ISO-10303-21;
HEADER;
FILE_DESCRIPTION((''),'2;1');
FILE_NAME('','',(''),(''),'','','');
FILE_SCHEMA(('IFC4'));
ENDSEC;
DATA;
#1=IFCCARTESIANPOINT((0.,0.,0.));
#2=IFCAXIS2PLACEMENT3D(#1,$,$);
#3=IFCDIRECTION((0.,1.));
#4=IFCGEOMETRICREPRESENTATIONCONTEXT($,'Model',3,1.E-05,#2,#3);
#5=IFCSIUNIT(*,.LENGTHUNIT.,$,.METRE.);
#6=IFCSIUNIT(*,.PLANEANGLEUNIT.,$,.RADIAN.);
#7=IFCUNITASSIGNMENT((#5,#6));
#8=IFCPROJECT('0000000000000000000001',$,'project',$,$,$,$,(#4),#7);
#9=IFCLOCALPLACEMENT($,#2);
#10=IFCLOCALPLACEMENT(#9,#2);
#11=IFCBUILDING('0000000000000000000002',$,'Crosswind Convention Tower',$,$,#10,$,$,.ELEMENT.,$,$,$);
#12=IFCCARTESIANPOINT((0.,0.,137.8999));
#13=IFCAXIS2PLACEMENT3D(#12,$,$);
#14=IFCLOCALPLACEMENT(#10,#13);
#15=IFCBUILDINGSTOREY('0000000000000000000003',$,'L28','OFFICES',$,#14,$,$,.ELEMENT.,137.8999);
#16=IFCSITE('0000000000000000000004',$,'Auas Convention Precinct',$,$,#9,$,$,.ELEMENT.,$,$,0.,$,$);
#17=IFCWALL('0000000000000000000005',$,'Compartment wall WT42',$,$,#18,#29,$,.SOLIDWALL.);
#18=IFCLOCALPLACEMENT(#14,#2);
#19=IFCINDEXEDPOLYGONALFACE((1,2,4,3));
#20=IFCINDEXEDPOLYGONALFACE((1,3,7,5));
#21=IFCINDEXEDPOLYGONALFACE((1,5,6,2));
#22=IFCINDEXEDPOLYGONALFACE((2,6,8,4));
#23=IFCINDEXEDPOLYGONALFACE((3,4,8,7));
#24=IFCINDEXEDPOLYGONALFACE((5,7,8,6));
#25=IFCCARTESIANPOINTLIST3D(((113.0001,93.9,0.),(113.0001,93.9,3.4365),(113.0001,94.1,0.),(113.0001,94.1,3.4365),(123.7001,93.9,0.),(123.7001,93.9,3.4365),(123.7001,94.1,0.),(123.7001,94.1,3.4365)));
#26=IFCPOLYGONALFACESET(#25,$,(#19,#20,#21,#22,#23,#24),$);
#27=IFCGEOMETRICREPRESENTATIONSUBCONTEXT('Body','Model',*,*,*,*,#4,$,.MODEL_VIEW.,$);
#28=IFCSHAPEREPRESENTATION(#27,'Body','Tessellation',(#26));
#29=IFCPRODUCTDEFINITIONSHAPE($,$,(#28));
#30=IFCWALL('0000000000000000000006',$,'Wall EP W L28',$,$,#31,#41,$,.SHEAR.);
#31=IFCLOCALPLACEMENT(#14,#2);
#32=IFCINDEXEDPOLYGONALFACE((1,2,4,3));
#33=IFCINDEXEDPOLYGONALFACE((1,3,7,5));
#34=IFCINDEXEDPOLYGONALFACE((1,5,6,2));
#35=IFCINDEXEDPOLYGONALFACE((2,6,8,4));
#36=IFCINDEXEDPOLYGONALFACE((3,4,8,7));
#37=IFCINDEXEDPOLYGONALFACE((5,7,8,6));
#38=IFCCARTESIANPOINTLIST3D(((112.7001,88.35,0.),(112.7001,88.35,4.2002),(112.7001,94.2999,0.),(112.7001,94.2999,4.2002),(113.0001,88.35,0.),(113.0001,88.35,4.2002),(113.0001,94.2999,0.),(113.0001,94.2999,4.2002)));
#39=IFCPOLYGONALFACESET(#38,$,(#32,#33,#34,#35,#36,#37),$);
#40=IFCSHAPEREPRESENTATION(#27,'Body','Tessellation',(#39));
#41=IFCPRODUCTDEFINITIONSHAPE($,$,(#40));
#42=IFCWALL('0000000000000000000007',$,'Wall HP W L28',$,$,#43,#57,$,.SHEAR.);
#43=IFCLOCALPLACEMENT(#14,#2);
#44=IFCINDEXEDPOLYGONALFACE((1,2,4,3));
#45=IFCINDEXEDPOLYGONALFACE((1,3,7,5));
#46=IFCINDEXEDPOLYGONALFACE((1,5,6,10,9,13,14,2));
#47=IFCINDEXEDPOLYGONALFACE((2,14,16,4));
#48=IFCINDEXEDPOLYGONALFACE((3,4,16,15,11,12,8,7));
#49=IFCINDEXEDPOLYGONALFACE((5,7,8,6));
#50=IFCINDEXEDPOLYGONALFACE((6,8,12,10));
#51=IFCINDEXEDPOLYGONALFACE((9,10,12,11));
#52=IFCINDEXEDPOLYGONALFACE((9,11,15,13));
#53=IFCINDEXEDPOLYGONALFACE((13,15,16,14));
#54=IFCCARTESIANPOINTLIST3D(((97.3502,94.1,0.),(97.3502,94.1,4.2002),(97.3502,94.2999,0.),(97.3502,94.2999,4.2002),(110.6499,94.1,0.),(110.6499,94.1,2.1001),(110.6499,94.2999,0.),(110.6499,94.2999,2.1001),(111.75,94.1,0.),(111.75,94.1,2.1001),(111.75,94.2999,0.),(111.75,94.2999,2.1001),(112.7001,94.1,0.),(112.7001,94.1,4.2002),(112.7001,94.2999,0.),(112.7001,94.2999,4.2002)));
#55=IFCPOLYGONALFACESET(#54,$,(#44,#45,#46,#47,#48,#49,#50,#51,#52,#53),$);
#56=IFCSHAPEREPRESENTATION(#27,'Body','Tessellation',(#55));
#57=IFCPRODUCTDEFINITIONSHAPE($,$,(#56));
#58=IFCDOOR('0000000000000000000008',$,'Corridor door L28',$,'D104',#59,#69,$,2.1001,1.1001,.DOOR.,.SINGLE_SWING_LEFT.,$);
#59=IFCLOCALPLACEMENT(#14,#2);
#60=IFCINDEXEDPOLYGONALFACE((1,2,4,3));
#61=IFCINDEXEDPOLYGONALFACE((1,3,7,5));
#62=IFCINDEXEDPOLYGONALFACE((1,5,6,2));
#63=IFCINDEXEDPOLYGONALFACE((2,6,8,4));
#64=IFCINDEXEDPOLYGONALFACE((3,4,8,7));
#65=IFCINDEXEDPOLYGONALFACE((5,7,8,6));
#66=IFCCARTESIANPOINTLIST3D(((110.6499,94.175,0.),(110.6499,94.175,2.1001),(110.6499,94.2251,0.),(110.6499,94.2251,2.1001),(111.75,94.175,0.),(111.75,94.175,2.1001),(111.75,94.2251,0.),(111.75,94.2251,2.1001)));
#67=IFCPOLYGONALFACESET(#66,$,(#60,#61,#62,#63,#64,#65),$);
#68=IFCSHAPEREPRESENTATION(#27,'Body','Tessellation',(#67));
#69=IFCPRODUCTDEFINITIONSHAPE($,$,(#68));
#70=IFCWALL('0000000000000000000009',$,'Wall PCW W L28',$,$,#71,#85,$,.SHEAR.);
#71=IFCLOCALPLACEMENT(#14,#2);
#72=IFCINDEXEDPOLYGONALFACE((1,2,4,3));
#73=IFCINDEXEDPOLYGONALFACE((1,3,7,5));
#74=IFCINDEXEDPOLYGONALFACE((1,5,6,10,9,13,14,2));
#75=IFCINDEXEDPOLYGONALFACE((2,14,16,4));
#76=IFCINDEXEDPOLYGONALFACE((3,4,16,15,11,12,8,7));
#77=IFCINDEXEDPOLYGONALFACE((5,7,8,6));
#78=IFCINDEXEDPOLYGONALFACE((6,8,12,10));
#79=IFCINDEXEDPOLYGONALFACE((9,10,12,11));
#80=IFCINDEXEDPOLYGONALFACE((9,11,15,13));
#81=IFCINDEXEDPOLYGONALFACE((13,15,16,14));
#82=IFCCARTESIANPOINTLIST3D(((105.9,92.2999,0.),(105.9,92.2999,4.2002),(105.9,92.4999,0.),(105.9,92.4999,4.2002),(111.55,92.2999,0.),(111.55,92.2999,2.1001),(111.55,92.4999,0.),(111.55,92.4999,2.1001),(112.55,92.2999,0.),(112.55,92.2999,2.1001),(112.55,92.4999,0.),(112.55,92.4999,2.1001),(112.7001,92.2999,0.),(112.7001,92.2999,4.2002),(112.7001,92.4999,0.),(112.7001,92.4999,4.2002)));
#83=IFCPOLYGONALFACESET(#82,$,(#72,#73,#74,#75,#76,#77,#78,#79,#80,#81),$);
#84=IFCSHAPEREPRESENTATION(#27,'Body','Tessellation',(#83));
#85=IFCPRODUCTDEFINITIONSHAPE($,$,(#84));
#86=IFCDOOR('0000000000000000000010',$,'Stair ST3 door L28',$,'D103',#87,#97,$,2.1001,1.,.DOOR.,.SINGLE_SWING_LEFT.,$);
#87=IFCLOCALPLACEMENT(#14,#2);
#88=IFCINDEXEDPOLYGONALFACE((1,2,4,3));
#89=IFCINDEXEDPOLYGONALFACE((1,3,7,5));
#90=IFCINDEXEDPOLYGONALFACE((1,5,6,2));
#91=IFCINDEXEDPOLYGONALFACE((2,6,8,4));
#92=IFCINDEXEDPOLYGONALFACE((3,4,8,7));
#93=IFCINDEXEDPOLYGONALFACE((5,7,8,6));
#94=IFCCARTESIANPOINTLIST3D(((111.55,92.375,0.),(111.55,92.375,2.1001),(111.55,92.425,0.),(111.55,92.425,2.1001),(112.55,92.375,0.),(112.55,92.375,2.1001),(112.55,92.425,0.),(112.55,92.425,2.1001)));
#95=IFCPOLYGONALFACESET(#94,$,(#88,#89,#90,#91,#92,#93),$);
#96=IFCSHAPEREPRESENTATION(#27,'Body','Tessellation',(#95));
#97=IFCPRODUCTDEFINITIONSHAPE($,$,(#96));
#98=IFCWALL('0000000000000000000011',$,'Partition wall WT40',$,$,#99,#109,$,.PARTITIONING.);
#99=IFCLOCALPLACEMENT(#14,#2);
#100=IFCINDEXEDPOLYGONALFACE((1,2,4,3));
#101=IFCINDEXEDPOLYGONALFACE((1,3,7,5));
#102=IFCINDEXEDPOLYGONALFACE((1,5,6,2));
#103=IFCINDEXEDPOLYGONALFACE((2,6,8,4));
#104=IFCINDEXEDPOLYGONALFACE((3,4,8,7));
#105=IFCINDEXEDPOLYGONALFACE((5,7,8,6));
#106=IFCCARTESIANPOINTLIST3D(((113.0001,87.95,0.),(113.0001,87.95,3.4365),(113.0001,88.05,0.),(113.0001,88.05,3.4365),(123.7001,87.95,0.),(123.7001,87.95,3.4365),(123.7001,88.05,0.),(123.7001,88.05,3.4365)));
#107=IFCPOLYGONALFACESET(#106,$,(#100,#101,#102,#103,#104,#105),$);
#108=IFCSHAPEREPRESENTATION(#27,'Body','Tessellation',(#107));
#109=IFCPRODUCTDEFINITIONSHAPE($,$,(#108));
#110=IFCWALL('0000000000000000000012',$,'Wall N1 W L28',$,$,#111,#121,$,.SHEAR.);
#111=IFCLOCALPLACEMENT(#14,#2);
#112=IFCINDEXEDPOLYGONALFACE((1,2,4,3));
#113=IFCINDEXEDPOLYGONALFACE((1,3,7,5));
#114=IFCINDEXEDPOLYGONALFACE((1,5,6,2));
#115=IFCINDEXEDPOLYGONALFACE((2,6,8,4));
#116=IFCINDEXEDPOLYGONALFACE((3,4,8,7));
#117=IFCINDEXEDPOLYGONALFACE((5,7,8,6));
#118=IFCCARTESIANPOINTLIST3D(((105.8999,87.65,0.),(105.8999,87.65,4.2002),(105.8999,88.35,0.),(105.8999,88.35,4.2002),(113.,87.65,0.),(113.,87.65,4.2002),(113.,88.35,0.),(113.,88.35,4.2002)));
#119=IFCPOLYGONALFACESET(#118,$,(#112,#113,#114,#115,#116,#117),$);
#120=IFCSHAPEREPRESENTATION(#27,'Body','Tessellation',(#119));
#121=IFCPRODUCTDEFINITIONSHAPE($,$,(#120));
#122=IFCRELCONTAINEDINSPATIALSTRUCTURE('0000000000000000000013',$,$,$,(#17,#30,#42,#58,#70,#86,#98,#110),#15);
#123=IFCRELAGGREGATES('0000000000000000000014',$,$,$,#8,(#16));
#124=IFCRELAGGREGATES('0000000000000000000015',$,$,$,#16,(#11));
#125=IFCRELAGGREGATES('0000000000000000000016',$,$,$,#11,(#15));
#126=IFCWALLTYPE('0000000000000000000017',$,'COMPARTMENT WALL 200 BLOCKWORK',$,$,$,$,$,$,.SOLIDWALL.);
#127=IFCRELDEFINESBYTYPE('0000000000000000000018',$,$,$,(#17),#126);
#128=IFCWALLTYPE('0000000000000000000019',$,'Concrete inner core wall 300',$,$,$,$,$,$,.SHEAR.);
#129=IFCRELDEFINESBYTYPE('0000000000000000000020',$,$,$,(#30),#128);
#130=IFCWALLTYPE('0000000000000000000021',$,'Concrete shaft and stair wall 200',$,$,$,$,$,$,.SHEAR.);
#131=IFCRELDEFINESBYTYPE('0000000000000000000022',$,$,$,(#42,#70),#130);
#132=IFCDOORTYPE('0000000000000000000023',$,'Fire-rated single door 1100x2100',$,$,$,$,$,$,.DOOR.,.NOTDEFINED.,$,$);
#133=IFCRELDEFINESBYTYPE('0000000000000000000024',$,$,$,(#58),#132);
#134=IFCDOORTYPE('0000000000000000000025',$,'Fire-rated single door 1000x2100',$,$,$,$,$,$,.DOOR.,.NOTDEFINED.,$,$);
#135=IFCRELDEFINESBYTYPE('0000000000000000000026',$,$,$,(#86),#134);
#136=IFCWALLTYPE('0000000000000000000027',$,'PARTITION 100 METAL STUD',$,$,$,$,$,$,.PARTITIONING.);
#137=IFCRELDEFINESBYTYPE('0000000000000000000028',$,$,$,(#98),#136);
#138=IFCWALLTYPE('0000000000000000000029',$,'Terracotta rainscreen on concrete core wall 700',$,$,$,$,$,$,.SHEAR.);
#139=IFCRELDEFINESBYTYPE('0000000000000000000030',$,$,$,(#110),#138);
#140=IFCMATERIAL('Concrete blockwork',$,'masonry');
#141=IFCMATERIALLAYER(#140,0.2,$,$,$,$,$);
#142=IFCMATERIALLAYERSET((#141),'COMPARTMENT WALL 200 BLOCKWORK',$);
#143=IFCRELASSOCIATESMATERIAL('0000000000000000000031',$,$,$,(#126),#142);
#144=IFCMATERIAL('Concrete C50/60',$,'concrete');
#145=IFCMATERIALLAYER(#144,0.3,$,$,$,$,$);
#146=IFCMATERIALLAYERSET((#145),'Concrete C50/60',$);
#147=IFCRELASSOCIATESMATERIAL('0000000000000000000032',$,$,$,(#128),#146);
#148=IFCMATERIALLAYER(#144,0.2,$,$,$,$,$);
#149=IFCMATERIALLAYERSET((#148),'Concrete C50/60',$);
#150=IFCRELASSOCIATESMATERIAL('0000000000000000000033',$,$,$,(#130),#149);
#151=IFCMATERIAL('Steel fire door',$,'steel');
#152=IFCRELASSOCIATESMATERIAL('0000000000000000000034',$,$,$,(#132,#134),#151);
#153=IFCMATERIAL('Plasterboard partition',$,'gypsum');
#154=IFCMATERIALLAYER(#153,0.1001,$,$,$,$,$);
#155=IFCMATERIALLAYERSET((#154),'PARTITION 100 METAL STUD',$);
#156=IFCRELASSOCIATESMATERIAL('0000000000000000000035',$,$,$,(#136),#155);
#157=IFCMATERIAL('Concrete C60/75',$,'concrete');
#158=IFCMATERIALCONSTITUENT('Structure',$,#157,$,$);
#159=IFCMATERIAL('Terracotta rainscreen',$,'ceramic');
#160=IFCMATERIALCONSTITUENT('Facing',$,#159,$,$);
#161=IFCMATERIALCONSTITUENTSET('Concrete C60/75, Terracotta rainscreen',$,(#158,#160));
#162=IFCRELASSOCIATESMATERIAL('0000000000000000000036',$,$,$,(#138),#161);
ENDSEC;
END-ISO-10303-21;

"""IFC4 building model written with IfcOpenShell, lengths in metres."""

from ifc_helpers import new_model, si_unit, direction, frame, frame_2d, origin, place, context, subcontext, project, spatial, rectangle, extrude, material, layer, layer_set, constituent, constituent_set, type_object, element, fill, save


model = new_model("IFC4")

# Units and contexts
model_context = context("Model", 3, precision=1e-05, world=origin(), true_north=direction((0.0, 1.0)))
body_context = subcontext(model_context, "Body", "Model", "MODEL_VIEW")
ifc_project = project(units=[si_unit("LENGTHUNIT", "METRE"), si_unit("PLANEANGLEUNIT", "RADIAN")], contexts=[model_context])

# Site, building, storey
site_placement = place(None, origin())
site = spatial("IfcSite", under=ifc_project, at=site_placement, Name="Auas Convention Precinct", CompositionType="ELEMENT", RefElevation=0.0)
building_placement = place(site_placement, origin())
building = spatial("IfcBuilding", under=site, at=building_placement, Name="Crosswind Convention Tower", CompositionType="ELEMENT")
storey_placement = place(building_placement, frame((0.0, 0.0, 137.8999)))
storey = spatial("IfcBuildingStorey", under=building, at=storey_placement, Name="L28", Description="OFFICES", CompositionType="ELEMENT", Elevation=137.8999)

# Walls
ifc_material_1 = material(Name="Concrete blockwork", Category="masonry")
ifc_layer_1 = layer(ifc_material_1, 0.2)
ifc_layer_set_1 = layer_set([ifc_layer_1], Name="COMPARTMENT WALL 200 BLOCKWORK")
wall_type_1 = type_object("IfcWallType", Name="COMPARTMENT WALL 200 BLOCKWORK", PredefinedType="SOLIDWALL", material=ifc_layer_set_1)
wall_1_placement = place(storey_placement, frame((113.0, 94.0, 0.0), z_axis=(0.0, 0.0, 1.0), x_axis=(1.0, 0.0, 0.0)))
element("IfcWall", 1, at=wall_1_placement, inside=storey, type_object=wall_type_1, Name="Compartment wall WT42", PredefinedType="SOLIDWALL", context=body_context, shape_type="SweptSolid", body=[
    extrude(rectangle(XDim=10.7, YDim=0.2, at=frame_2d((5.3501, 0.0))), origin(), (0.0, 0.0, 1.0), 3.4365),
])
ifc_material_2 = material(Name="Concrete C50/60", Category="concrete")
ifc_layer_2 = layer(ifc_material_2, 0.3)
ifc_layer_set_2 = layer_set([ifc_layer_2], Name="Concrete C50/60")
wall_type_2 = type_object("IfcWallType", Name="Concrete inner core wall 300", PredefinedType="SHEAR", material=ifc_layer_set_2)
wall_2_placement = place(storey_placement, frame((112.8501, 94.3, 0.0), z_axis=(0.0, 0.0, 1.0), x_axis=(0.0, -1.0, 0.0)))
element("IfcWall", 2, at=wall_2_placement, inside=storey, type_object=wall_type_2, Name="Wall EP W L28", PredefinedType="SHEAR", context=body_context, shape_type="SweptSolid", body=[
    extrude(rectangle(XDim=5.95, YDim=0.3, at=frame_2d((2.9751, 0.0))), origin(), (0.0, 0.0, 1.0), 4.2002),
])

# Walls, openings, doors
ifc_layer_3 = layer(ifc_material_2, 0.2)
ifc_layer_set_3 = layer_set([ifc_layer_3], Name="Concrete C50/60")
wall_type_3 = type_object("IfcWallType", Name="Concrete shaft and stair wall 200", PredefinedType="SHEAR", material=ifc_layer_set_3)
wall_3_placement = place(storey_placement, frame((112.7, 94.2, 0.0), z_axis=(0.0, 0.0, 1.0), x_axis=(-1.0, 0.0, 0.0)))
wall_3 = element("IfcWall", 3, at=wall_3_placement, inside=storey, type_object=wall_type_3, Name="Wall HP W L28", PredefinedType="SHEAR", context=body_context, shape_type="SweptSolid", body=[
    extrude(rectangle(XDim=15.3499, YDim=0.2, at=frame_2d((7.6748, 0.0))), origin(), (0.0, 0.0, 1.0), 4.2002),
])
opening_1_placement = place(wall_3_placement, frame((0.95, 0.0, 0.0)))
opening_1 = element("IfcOpeningElement", 4, at=opening_1_placement, cuts=wall_3, PredefinedType="OPENING", context=body_context, shape_type="SweptSolid", body=[
    extrude(rectangle(XDim=1.1001, YDim=2.1001, at=frame_2d((0.55, 1.05))), frame((0.0, 0.1099, 0.0), z_axis=(0.0, -1.0, 0.0), x_axis=(1.0, 0.0, 0.0)), (0.0, 0.0, 1.0), 0.22),
])
ifc_material_3 = material(Name="Steel fire door", Category="steel")
door_type_1 = type_object("IfcDoorType", Name="Fire-rated single door 1100x2100", OperationType="NOTDEFINED", PredefinedType="DOOR", material=ifc_material_3)
door_1_placement = place(opening_1_placement, origin())
door_1 = element("IfcDoor", 5, at=door_1_placement, inside=storey, type_object=door_type_1, Name="Corridor door L28", ObjectType="D104", OperationType="SINGLE_SWING_LEFT", OverallHeight=2.1001, OverallWidth=1.1001, PredefinedType="DOOR", context=body_context, shape_type="SweptSolid", body=[
    extrude(rectangle(XDim=1.1001, YDim=2.1001, at=frame_2d((0.55, 1.05))), frame((0.0, 0.0249, 0.0), z_axis=(0.0, -1.0, 0.0), x_axis=(1.0, 0.0, 0.0)), (0.0, 0.0, 1.0), 0.05),
])
fill(opening_1, door_1)
wall_4_placement = place(storey_placement, frame((112.7, 92.3999, 0.0), z_axis=(0.0, 0.0, 1.0), x_axis=(-1.0, 0.0, 0.0)))
wall_4 = element("IfcWall", 6, at=wall_4_placement, inside=storey, type_object=wall_type_3, Name="Wall PCW W L28", PredefinedType="SHEAR", context=body_context, shape_type="SweptSolid", body=[
    extrude(rectangle(XDim=6.8, YDim=0.2, at=frame_2d((3.3999, 0.0))), origin(), (0.0, 0.0, 1.0), 4.2002),
])
opening_2_placement = place(wall_4_placement, frame((0.1499, 0.0, 0.0)))
opening_2 = element("IfcOpeningElement", 7, at=opening_2_placement, cuts=wall_4, PredefinedType="OPENING", context=body_context, shape_type="SweptSolid", body=[
    extrude(rectangle(XDim=1.0, YDim=2.1001, at=frame_2d((0.5, 1.05))), frame((0.0, 0.1099, 0.0), z_axis=(0.0, -1.0, 0.0), x_axis=(1.0, 0.0, 0.0)), (0.0, 0.0, 1.0), 0.22),
])
door_type_2 = type_object("IfcDoorType", Name="Fire-rated single door 1000x2100", OperationType="NOTDEFINED", PredefinedType="DOOR", material=ifc_material_3)
door_2_placement = place(opening_2_placement, origin())
door_2 = element("IfcDoor", 8, at=door_2_placement, inside=storey, type_object=door_type_2, Name="Stair ST3 door L28", ObjectType="D103", OperationType="SINGLE_SWING_LEFT", OverallHeight=2.1001, OverallWidth=1.0, PredefinedType="DOOR", context=body_context, shape_type="SweptSolid", body=[
    extrude(rectangle(XDim=1.0, YDim=2.1001, at=frame_2d((0.5, 1.05))), frame((0.0, 0.0249, 0.0), z_axis=(0.0, -1.0, 0.0), x_axis=(1.0, 0.0, 0.0)), (0.0, 0.0, 1.0), 0.05),
])
fill(opening_2, door_2)

# Walls
ifc_material_4 = material(Name="Plasterboard partition", Category="gypsum")
ifc_layer_4 = layer(ifc_material_4, 0.1001)
ifc_layer_set_4 = layer_set([ifc_layer_4], Name="PARTITION 100 METAL STUD")
wall_type_4 = type_object("IfcWallType", Name="PARTITION 100 METAL STUD", PredefinedType="PARTITIONING", material=ifc_layer_set_4)
wall_5_placement = place(storey_placement, frame((113.0, 88.0, 0.0), z_axis=(0.0, 0.0, 1.0), x_axis=(1.0, 0.0, 0.0)))
element("IfcWall", 9, at=wall_5_placement, inside=storey, type_object=wall_type_4, Name="Partition wall WT40", PredefinedType="PARTITIONING", context=body_context, shape_type="SweptSolid", body=[
    extrude(rectangle(XDim=10.7, YDim=0.1001, at=frame_2d((5.3501, 0.0))), origin(), (0.0, 0.0, 1.0), 3.4365),
])
ifc_material_5 = material(Name="Concrete C60/75", Category="concrete")
ifc_constituent_1 = constituent(ifc_material_5, Name="Structure")
ifc_material_6 = material(Name="Terracotta rainscreen", Category="ceramic")
ifc_constituent_2 = constituent(ifc_material_6, Name="Facing")
ifc_constituent_set = constituent_set(constituents=[ifc_constituent_1, ifc_constituent_2], Name="Concrete C60/75, Terracotta rainscreen")
wall_type_5 = type_object("IfcWallType", Name="Terracotta rainscreen on concrete core wall 700", PredefinedType="SHEAR", material=ifc_constituent_set)
wall_6_placement = place(storey_placement, frame((113.0, 88.0, 0.0), z_axis=(0.0, 0.0, 1.0), x_axis=(-1.0, 0.0, 0.0)))
element("IfcWall", 10, at=wall_6_placement, inside=storey, type_object=wall_type_5, Name="Wall N1 W L28", PredefinedType="SHEAR", context=body_context, shape_type="SweptSolid", body=[
    extrude(rectangle(XDim=7.1001, YDim=0.7, at=frame_2d((3.55, 0.0))), origin(), (0.0, 0.0, 1.0), 4.2002),
])

save(model, "model.ifc")
